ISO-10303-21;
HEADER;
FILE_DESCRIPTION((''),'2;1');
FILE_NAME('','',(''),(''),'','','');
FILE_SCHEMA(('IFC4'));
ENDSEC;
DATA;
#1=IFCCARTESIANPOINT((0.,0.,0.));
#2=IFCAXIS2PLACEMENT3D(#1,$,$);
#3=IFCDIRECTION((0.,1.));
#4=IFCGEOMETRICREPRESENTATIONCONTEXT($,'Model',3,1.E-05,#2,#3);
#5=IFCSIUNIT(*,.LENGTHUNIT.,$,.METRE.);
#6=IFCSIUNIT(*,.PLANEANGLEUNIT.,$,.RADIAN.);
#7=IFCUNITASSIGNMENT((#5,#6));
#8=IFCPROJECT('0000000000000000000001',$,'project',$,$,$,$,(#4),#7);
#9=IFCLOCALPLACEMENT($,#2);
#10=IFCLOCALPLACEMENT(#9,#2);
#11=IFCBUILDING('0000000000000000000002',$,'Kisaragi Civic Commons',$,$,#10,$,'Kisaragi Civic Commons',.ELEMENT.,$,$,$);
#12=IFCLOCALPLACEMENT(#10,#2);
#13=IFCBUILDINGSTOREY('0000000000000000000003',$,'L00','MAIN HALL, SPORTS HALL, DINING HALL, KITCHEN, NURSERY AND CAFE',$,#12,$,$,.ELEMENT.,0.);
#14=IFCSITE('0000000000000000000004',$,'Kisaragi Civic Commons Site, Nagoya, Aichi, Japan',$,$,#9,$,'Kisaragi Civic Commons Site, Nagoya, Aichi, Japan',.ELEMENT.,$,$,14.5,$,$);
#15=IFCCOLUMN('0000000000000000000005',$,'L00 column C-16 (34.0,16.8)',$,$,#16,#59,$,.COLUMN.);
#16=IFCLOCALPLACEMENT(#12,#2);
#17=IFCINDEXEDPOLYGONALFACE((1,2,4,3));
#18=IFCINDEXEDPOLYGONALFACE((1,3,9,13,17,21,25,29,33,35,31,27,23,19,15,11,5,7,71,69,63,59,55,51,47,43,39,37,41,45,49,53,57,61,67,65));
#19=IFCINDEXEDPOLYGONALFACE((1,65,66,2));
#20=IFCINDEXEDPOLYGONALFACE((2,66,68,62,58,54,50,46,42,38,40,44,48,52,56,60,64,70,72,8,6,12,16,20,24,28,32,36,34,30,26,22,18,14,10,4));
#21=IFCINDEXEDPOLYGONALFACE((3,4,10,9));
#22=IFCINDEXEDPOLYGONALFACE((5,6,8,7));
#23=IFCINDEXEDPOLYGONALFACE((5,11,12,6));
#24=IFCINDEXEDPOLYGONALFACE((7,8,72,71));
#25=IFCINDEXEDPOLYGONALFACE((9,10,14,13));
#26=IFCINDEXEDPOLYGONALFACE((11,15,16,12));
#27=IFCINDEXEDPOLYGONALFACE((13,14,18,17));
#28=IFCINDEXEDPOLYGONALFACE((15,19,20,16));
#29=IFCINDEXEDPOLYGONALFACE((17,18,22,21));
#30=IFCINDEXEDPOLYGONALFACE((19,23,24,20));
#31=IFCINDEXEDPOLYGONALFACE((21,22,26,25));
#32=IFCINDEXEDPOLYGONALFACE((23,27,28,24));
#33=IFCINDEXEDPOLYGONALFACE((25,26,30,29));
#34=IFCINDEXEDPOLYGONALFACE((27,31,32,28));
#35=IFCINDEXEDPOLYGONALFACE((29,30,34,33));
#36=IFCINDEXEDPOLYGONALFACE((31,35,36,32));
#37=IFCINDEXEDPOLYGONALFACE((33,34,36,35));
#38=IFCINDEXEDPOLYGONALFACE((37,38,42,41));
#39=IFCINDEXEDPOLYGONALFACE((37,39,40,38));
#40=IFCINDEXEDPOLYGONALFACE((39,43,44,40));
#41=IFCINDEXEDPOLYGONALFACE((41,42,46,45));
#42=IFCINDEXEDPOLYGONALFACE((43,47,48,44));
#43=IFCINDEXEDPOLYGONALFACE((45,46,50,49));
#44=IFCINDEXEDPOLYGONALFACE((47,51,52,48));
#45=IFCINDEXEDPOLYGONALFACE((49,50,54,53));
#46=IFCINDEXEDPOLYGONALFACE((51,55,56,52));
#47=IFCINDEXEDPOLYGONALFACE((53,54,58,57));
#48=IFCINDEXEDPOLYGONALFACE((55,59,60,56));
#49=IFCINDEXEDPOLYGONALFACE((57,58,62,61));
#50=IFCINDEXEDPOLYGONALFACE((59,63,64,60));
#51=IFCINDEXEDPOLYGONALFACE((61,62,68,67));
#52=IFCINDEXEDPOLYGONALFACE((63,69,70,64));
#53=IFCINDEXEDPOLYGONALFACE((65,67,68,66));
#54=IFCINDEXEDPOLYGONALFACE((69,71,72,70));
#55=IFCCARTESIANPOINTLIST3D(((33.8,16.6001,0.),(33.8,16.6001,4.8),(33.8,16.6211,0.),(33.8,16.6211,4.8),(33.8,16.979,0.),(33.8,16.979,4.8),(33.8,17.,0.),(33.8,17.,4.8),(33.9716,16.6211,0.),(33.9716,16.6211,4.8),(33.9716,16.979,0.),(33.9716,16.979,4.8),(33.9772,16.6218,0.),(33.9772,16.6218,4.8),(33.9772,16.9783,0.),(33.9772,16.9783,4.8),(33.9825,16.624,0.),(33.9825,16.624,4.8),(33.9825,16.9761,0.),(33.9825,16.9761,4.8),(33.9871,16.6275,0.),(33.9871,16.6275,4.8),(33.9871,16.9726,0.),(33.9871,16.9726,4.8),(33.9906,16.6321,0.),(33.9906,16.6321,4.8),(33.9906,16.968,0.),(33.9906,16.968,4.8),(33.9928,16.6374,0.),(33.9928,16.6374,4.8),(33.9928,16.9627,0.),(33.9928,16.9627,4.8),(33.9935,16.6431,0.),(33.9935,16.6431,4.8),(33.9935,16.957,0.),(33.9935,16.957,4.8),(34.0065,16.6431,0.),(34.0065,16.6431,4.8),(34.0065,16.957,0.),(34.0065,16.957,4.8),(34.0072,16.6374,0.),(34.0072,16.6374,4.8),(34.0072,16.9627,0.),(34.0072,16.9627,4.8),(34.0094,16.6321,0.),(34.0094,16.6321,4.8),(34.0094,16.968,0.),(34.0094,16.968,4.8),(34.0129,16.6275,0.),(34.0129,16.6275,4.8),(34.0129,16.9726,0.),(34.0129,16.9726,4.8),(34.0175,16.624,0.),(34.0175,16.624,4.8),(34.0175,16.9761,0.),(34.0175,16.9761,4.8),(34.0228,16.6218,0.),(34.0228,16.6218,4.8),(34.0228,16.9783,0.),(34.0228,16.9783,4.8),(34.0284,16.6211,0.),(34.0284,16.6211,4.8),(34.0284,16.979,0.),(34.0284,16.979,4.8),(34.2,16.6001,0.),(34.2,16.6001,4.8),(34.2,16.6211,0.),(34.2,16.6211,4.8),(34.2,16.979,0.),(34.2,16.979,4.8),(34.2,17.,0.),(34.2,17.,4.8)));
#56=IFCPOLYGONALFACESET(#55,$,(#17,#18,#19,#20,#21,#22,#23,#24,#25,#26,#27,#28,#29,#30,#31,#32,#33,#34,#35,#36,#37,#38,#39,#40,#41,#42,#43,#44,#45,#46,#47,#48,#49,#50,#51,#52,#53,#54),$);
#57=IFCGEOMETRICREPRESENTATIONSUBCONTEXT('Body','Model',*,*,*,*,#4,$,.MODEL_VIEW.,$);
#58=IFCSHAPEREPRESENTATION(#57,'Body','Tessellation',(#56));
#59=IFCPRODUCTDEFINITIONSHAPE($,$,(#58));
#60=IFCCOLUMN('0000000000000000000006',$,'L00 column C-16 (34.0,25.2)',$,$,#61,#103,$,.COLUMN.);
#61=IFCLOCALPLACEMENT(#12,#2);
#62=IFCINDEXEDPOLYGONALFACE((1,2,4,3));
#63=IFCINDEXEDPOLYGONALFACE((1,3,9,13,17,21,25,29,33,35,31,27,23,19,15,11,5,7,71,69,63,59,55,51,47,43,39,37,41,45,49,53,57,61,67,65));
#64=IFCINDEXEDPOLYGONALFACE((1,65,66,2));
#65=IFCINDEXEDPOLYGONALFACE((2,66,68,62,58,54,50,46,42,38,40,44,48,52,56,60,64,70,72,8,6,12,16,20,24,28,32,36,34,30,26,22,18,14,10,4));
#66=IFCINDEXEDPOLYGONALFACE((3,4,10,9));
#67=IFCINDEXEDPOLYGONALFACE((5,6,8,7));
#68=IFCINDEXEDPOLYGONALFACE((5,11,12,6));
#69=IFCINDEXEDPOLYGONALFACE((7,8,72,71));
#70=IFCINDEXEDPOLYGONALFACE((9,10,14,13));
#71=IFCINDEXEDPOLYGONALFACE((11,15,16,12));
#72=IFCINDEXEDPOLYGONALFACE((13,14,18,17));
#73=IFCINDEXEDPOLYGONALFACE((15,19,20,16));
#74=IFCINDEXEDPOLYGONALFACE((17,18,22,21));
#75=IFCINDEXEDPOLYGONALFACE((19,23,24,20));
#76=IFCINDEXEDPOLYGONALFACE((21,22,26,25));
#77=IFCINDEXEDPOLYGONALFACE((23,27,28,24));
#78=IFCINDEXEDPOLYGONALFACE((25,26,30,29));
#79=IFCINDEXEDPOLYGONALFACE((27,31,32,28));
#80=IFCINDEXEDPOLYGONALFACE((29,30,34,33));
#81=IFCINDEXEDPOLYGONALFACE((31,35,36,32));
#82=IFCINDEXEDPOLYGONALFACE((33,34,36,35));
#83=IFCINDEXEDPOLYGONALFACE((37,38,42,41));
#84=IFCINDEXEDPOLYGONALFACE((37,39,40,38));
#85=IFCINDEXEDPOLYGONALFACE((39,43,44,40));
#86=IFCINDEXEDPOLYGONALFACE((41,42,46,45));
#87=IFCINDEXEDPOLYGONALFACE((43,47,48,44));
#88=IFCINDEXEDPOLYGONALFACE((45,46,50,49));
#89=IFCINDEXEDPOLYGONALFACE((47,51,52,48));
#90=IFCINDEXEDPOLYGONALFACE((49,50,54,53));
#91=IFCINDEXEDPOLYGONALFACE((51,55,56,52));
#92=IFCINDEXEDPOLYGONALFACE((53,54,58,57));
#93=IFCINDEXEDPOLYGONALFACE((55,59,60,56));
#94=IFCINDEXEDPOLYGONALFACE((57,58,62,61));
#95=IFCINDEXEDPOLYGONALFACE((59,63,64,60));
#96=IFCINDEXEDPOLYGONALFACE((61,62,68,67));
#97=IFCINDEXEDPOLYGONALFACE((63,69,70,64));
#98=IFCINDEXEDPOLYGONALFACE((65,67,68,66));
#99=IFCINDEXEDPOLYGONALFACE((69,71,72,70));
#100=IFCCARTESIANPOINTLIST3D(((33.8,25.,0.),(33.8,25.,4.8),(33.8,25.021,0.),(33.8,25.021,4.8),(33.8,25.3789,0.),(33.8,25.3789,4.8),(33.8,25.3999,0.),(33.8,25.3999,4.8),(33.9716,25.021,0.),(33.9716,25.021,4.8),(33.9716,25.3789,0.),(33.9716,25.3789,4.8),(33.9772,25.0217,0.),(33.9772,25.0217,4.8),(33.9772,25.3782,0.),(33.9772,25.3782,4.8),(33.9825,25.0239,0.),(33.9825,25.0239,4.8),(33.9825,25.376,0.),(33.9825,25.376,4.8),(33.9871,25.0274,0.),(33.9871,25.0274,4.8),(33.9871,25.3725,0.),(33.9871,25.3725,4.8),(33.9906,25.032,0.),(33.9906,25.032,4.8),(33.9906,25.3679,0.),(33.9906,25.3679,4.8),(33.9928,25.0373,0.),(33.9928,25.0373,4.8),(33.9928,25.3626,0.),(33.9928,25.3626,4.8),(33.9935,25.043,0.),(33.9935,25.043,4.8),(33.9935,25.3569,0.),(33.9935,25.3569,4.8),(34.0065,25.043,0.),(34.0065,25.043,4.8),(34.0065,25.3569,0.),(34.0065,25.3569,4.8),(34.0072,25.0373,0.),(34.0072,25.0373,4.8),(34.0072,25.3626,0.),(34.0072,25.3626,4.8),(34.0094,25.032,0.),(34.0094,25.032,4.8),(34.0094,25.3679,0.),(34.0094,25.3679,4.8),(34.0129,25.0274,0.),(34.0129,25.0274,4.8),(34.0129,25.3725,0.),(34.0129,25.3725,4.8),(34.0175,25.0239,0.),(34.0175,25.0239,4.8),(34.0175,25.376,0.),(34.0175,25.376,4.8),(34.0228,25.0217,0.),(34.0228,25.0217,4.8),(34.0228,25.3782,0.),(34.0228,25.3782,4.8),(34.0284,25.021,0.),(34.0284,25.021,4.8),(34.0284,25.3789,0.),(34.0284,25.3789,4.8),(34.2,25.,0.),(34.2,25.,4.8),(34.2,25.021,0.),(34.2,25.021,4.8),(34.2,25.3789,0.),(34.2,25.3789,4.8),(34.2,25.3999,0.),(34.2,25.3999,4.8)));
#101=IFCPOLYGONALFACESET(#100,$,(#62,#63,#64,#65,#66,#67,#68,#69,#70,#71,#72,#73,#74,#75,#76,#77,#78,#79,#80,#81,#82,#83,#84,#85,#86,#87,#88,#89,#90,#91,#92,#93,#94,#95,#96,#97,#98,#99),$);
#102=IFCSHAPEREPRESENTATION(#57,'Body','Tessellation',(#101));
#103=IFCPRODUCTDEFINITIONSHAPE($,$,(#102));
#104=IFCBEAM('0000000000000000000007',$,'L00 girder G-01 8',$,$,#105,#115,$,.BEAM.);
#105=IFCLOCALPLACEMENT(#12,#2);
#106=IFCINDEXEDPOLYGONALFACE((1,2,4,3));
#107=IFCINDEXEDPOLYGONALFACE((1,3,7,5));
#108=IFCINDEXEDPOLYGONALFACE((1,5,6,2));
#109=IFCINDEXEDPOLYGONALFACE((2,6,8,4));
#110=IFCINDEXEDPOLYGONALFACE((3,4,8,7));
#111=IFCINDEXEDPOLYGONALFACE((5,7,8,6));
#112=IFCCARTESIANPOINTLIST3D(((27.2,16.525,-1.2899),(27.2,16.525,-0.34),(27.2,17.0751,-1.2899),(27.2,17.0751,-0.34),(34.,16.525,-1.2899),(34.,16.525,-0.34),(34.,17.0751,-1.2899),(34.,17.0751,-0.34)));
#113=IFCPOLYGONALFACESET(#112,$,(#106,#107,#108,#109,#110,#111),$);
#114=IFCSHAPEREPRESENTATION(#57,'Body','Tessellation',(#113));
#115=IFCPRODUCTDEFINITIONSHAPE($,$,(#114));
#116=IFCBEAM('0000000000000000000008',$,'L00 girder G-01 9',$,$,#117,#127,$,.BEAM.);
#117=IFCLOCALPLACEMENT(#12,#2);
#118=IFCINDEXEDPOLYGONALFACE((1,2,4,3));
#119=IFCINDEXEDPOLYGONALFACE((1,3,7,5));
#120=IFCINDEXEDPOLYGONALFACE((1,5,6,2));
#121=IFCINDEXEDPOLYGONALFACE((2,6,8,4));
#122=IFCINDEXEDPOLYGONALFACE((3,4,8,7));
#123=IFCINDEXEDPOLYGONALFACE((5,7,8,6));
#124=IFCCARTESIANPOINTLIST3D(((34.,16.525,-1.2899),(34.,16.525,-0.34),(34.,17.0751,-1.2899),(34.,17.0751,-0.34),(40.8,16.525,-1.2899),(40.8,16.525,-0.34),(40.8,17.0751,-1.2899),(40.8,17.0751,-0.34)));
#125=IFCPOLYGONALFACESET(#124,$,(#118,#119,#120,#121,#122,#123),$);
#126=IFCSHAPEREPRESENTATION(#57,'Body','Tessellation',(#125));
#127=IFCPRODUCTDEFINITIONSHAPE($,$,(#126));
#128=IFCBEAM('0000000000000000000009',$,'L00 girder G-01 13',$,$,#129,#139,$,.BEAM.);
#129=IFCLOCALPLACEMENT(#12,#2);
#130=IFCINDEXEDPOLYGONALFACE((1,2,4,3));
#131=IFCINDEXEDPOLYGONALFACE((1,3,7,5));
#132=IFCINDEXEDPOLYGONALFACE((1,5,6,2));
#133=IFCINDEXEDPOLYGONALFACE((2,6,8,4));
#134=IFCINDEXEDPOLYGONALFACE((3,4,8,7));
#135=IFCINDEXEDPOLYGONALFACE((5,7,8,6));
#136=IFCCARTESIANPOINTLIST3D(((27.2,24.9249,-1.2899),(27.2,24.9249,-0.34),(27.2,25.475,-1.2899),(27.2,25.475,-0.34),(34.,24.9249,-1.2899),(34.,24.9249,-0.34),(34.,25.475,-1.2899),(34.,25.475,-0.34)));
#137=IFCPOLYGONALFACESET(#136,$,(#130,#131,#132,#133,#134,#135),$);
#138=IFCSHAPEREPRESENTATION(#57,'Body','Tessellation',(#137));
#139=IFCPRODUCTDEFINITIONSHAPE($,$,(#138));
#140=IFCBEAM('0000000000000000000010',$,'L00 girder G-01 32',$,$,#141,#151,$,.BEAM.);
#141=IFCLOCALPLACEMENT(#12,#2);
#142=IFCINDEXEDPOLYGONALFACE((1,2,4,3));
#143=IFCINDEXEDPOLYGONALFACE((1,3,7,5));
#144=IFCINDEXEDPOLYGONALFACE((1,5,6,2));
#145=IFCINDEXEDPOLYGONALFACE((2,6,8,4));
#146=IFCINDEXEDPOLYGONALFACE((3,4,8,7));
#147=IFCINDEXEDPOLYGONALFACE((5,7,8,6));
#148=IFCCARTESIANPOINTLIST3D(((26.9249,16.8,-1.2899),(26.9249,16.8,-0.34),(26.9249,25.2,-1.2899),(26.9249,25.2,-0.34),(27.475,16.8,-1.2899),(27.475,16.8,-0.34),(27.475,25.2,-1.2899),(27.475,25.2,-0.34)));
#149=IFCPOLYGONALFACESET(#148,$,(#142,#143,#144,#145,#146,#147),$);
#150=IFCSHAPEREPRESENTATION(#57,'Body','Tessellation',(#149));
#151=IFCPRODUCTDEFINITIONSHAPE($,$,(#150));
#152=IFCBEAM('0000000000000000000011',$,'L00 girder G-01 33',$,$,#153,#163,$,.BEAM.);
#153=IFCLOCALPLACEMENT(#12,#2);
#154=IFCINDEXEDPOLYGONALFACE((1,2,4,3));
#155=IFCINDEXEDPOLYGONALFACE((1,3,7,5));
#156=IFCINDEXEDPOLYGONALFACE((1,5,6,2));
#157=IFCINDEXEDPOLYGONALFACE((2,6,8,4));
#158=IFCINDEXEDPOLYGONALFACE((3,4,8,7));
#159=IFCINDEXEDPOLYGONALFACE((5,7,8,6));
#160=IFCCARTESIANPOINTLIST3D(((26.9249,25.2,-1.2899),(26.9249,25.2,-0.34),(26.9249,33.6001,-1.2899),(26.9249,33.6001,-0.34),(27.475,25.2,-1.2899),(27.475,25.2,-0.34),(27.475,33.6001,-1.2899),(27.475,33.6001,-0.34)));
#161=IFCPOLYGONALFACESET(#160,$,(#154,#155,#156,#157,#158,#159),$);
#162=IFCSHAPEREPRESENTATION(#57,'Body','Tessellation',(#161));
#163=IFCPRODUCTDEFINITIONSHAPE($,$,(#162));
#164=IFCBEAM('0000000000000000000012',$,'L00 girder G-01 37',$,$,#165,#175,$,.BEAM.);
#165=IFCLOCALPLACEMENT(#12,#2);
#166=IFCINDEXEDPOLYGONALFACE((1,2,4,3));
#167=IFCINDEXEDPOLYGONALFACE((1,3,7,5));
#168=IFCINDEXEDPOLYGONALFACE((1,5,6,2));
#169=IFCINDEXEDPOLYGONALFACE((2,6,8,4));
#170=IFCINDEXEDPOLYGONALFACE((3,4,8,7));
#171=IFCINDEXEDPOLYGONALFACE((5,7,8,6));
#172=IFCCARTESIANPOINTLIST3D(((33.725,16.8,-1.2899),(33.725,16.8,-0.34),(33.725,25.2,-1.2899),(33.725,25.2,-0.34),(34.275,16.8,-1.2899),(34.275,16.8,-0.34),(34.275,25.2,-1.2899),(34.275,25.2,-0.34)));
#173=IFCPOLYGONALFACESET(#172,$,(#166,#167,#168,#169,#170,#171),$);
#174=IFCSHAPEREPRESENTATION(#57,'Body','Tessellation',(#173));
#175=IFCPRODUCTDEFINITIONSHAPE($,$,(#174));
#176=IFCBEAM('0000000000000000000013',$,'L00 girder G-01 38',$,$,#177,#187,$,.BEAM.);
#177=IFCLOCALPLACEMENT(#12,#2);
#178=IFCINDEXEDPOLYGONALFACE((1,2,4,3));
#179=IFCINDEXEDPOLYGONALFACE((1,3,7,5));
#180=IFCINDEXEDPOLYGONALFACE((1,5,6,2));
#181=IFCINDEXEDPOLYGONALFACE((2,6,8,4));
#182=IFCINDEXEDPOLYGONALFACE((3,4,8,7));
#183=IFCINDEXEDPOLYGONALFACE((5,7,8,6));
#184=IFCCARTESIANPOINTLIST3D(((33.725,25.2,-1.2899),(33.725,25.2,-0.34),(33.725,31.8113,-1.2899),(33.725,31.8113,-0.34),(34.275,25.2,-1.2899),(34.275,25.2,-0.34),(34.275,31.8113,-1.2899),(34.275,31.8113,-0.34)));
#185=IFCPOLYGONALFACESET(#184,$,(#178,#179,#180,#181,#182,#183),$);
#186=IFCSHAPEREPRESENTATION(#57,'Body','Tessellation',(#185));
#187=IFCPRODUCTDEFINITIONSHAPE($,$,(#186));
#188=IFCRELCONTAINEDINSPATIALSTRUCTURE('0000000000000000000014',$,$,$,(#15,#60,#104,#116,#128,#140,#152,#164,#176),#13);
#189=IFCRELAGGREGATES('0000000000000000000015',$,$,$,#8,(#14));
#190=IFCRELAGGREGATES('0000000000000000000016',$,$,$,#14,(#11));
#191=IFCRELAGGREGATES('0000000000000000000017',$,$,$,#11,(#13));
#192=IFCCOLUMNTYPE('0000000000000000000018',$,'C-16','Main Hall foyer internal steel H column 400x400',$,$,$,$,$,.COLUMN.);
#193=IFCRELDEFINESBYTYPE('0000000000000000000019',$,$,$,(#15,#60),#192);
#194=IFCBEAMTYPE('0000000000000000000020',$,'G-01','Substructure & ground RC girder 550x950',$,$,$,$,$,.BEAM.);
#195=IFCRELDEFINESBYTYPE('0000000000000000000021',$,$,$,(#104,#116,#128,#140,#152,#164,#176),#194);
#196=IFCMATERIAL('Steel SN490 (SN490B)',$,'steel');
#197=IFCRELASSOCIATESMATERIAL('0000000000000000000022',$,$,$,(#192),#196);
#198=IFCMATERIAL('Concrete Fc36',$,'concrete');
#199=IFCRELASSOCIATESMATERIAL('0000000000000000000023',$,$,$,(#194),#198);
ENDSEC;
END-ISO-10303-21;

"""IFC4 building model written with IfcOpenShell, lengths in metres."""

from ifc_helpers import new_model, si_unit, direction, frame, origin, origin_2d, place, context, subcontext, project, spatial, rectangle, i_section, extrude, material, material_profile, profile_set, type_object, element, save


model = new_model("IFC4")

# Units and contexts
model_context = context("Model", 3, precision=1e-05, world=origin(), true_north=direction((0.0, 1.0)))
body_context = subcontext(model_context, "Body", "Model", "MODEL_VIEW")
ifc_project = project(units=[si_unit("LENGTHUNIT", "METRE"), si_unit("PLANEANGLEUNIT", "RADIAN")], contexts=[model_context])

# Site, building, storey
site_placement = place(None, origin())
site = spatial("IfcSite", under=ifc_project, at=site_placement, Name="Kisaragi Civic Commons Site, Nagoya, Aichi, Japan", LongName="Kisaragi Civic Commons Site, Nagoya, Aichi, Japan", CompositionType="ELEMENT", RefElevation=14.5)
building_placement = place(site_placement, origin())
building = spatial("IfcBuilding", under=site, at=building_placement, Name="Kisaragi Civic Commons", LongName="Kisaragi Civic Commons", CompositionType="ELEMENT")
storey_placement = place(building_placement, origin())
storey = spatial("IfcBuildingStorey", under=building, at=storey_placement, Name="L00", Description="MAIN HALL, SPORTS HALL, DINING HALL, KITCHEN, NURSERY AND CAFE", CompositionType="ELEMENT", Elevation=0.0)

# Columns
ifc_material_1 = material(Name="Concrete Fc36", Category="concrete")
ifc_material_2 = material(Name="Steel SN490 (SN490B)", Category="steel")
ifc_material_profile_1 = material_profile(ifc_material_2, i_section(OverallWidth=0.3999, OverallDepth=0.3999, WebThickness=0.0129, FlangeThickness=0.021, FilletRadius=0.022, at=origin_2d()), Name="H-400x400x13x21", Category="steel")
ifc_profile_set_1 = profile_set([ifc_material_profile_1], Name="Steel SN490 (SN490B)")
column_type_1 = type_object("IfcColumnType", Name="C-16", Description="Main Hall foyer internal steel H column 400x400", PredefinedType="COLUMN", material=ifc_profile_set_1)
for number, where, z_axis, x_axis, name in (
    (1, (34.0, 16.8, 0.0), (0.0, 0.0, 1.0), (1.0, 0.0, 0.0), "L00 column C-16 (34.0,16.8)"),
    (2, (34.0, 25.2, 0.0), (0.0, 0.0, 1.0), (1.0, 0.0, 0.0), "L00 column C-16 (34.0,25.2)"),
):
    element("IfcColumn", number, at=place(storey_placement, frame(where, z_axis=z_axis, x_axis=x_axis)), inside=storey, type_object=column_type_1, Name=name, PredefinedType="COLUMN", context=body_context, shape_type="SweptSolid", body=[
        extrude(i_section(OverallWidth=0.3999, OverallDepth=0.3999, WebThickness=0.0129, FlangeThickness=0.021, FilletRadius=0.022, at=origin_2d()), origin(), (0.0, 0.0, 1.0), 4.8),
    ])

# Beams
ifc_material_profile_2 = material_profile(ifc_material_1, rectangle(XDim=0.55, YDim=0.95, at=origin_2d()), Name="RC-550x950", Category="concrete")
ifc_profile_set_2 = profile_set([ifc_material_profile_2], Name="Concrete Fc36")
beam_type_1 = type_object("IfcBeamType", Name="G-01", Description="Substructure & ground RC girder 550x950", PredefinedType="BEAM", material=ifc_profile_set_2)
for number, where, z_axis, x_axis, name in (
    (3, (27.2, 16.8, -0.8149), (1.0, 0.0, 0.0), (0.0, 1.0, 0.0), "L00 girder G-01 8"),
    (4, (34.0, 16.8, -0.8149), (1.0, 0.0, 0.0), (0.0, 1.0, 0.0), "L00 girder G-01 9"),
    (5, (27.2, 25.2, -0.8149), (1.0, 0.0, 0.0), (0.0, 1.0, 0.0), "L00 girder G-01 13"),
):
    element("IfcBeam", number, at=place(storey_placement, frame(where, z_axis=z_axis, x_axis=x_axis)), inside=storey, type_object=beam_type_1, Name=name, PredefinedType="BEAM", context=body_context, shape_type="SweptSolid", body=[
        extrude(rectangle(XDim=0.55, YDim=0.95, at=origin_2d()), origin(), (0.0, 0.0, 1.0), 6.8),
    ])
beam_1_placement = place(storey_placement, frame((27.2, 16.8, -0.8149), z_axis=(0.0, 1.0, 0.0), x_axis=(-1.0, 0.0, 0.0)))
element("IfcBeam", 6, at=beam_1_placement, inside=storey, type_object=beam_type_1, Name="L00 girder G-01 32", PredefinedType="BEAM", context=body_context, shape_type="SweptSolid", body=[
    extrude(rectangle(XDim=0.55, YDim=0.95, at=origin_2d()), origin(), (0.0, 0.0, 1.0), 8.3999),
])
beam_2_placement = place(storey_placement, frame((27.2, 25.2, -0.8149), z_axis=(0.0, 1.0, 0.0), x_axis=(-1.0, 0.0, 0.0)))
element("IfcBeam", 7, at=beam_2_placement, inside=storey, type_object=beam_type_1, Name="L00 girder G-01 33", PredefinedType="BEAM", context=body_context, shape_type="SweptSolid", body=[
    extrude(rectangle(XDim=0.55, YDim=0.95, at=origin_2d()), origin(), (0.0, 0.0, 1.0), 8.4001),
])
beam_3_placement = place(storey_placement, frame((34.0, 16.8, -0.8149), z_axis=(0.0, 1.0, 0.0), x_axis=(-1.0, 0.0, 0.0)))
element("IfcBeam", 8, at=beam_3_placement, inside=storey, type_object=beam_type_1, Name="L00 girder G-01 37", PredefinedType="BEAM", context=body_context, shape_type="SweptSolid", body=[
    extrude(rectangle(XDim=0.55, YDim=0.95, at=origin_2d()), origin(), (0.0, 0.0, 1.0), 8.3999),
])
beam_4_placement = place(storey_placement, frame((34.0, 25.2, -0.8149), z_axis=(0.0, 1.0, 0.0), x_axis=(-1.0, 0.0, 0.0)))
element("IfcBeam", 9, at=beam_4_placement, inside=storey, type_object=beam_type_1, Name="L00 girder G-01 38", PredefinedType="BEAM", context=body_context, shape_type="SweptSolid", body=[
    extrude(rectangle(XDim=0.55, YDim=0.95, at=origin_2d()), origin(), (0.0, 0.0, 1.0), 6.6113),
])

save(model, "model.ifc")
